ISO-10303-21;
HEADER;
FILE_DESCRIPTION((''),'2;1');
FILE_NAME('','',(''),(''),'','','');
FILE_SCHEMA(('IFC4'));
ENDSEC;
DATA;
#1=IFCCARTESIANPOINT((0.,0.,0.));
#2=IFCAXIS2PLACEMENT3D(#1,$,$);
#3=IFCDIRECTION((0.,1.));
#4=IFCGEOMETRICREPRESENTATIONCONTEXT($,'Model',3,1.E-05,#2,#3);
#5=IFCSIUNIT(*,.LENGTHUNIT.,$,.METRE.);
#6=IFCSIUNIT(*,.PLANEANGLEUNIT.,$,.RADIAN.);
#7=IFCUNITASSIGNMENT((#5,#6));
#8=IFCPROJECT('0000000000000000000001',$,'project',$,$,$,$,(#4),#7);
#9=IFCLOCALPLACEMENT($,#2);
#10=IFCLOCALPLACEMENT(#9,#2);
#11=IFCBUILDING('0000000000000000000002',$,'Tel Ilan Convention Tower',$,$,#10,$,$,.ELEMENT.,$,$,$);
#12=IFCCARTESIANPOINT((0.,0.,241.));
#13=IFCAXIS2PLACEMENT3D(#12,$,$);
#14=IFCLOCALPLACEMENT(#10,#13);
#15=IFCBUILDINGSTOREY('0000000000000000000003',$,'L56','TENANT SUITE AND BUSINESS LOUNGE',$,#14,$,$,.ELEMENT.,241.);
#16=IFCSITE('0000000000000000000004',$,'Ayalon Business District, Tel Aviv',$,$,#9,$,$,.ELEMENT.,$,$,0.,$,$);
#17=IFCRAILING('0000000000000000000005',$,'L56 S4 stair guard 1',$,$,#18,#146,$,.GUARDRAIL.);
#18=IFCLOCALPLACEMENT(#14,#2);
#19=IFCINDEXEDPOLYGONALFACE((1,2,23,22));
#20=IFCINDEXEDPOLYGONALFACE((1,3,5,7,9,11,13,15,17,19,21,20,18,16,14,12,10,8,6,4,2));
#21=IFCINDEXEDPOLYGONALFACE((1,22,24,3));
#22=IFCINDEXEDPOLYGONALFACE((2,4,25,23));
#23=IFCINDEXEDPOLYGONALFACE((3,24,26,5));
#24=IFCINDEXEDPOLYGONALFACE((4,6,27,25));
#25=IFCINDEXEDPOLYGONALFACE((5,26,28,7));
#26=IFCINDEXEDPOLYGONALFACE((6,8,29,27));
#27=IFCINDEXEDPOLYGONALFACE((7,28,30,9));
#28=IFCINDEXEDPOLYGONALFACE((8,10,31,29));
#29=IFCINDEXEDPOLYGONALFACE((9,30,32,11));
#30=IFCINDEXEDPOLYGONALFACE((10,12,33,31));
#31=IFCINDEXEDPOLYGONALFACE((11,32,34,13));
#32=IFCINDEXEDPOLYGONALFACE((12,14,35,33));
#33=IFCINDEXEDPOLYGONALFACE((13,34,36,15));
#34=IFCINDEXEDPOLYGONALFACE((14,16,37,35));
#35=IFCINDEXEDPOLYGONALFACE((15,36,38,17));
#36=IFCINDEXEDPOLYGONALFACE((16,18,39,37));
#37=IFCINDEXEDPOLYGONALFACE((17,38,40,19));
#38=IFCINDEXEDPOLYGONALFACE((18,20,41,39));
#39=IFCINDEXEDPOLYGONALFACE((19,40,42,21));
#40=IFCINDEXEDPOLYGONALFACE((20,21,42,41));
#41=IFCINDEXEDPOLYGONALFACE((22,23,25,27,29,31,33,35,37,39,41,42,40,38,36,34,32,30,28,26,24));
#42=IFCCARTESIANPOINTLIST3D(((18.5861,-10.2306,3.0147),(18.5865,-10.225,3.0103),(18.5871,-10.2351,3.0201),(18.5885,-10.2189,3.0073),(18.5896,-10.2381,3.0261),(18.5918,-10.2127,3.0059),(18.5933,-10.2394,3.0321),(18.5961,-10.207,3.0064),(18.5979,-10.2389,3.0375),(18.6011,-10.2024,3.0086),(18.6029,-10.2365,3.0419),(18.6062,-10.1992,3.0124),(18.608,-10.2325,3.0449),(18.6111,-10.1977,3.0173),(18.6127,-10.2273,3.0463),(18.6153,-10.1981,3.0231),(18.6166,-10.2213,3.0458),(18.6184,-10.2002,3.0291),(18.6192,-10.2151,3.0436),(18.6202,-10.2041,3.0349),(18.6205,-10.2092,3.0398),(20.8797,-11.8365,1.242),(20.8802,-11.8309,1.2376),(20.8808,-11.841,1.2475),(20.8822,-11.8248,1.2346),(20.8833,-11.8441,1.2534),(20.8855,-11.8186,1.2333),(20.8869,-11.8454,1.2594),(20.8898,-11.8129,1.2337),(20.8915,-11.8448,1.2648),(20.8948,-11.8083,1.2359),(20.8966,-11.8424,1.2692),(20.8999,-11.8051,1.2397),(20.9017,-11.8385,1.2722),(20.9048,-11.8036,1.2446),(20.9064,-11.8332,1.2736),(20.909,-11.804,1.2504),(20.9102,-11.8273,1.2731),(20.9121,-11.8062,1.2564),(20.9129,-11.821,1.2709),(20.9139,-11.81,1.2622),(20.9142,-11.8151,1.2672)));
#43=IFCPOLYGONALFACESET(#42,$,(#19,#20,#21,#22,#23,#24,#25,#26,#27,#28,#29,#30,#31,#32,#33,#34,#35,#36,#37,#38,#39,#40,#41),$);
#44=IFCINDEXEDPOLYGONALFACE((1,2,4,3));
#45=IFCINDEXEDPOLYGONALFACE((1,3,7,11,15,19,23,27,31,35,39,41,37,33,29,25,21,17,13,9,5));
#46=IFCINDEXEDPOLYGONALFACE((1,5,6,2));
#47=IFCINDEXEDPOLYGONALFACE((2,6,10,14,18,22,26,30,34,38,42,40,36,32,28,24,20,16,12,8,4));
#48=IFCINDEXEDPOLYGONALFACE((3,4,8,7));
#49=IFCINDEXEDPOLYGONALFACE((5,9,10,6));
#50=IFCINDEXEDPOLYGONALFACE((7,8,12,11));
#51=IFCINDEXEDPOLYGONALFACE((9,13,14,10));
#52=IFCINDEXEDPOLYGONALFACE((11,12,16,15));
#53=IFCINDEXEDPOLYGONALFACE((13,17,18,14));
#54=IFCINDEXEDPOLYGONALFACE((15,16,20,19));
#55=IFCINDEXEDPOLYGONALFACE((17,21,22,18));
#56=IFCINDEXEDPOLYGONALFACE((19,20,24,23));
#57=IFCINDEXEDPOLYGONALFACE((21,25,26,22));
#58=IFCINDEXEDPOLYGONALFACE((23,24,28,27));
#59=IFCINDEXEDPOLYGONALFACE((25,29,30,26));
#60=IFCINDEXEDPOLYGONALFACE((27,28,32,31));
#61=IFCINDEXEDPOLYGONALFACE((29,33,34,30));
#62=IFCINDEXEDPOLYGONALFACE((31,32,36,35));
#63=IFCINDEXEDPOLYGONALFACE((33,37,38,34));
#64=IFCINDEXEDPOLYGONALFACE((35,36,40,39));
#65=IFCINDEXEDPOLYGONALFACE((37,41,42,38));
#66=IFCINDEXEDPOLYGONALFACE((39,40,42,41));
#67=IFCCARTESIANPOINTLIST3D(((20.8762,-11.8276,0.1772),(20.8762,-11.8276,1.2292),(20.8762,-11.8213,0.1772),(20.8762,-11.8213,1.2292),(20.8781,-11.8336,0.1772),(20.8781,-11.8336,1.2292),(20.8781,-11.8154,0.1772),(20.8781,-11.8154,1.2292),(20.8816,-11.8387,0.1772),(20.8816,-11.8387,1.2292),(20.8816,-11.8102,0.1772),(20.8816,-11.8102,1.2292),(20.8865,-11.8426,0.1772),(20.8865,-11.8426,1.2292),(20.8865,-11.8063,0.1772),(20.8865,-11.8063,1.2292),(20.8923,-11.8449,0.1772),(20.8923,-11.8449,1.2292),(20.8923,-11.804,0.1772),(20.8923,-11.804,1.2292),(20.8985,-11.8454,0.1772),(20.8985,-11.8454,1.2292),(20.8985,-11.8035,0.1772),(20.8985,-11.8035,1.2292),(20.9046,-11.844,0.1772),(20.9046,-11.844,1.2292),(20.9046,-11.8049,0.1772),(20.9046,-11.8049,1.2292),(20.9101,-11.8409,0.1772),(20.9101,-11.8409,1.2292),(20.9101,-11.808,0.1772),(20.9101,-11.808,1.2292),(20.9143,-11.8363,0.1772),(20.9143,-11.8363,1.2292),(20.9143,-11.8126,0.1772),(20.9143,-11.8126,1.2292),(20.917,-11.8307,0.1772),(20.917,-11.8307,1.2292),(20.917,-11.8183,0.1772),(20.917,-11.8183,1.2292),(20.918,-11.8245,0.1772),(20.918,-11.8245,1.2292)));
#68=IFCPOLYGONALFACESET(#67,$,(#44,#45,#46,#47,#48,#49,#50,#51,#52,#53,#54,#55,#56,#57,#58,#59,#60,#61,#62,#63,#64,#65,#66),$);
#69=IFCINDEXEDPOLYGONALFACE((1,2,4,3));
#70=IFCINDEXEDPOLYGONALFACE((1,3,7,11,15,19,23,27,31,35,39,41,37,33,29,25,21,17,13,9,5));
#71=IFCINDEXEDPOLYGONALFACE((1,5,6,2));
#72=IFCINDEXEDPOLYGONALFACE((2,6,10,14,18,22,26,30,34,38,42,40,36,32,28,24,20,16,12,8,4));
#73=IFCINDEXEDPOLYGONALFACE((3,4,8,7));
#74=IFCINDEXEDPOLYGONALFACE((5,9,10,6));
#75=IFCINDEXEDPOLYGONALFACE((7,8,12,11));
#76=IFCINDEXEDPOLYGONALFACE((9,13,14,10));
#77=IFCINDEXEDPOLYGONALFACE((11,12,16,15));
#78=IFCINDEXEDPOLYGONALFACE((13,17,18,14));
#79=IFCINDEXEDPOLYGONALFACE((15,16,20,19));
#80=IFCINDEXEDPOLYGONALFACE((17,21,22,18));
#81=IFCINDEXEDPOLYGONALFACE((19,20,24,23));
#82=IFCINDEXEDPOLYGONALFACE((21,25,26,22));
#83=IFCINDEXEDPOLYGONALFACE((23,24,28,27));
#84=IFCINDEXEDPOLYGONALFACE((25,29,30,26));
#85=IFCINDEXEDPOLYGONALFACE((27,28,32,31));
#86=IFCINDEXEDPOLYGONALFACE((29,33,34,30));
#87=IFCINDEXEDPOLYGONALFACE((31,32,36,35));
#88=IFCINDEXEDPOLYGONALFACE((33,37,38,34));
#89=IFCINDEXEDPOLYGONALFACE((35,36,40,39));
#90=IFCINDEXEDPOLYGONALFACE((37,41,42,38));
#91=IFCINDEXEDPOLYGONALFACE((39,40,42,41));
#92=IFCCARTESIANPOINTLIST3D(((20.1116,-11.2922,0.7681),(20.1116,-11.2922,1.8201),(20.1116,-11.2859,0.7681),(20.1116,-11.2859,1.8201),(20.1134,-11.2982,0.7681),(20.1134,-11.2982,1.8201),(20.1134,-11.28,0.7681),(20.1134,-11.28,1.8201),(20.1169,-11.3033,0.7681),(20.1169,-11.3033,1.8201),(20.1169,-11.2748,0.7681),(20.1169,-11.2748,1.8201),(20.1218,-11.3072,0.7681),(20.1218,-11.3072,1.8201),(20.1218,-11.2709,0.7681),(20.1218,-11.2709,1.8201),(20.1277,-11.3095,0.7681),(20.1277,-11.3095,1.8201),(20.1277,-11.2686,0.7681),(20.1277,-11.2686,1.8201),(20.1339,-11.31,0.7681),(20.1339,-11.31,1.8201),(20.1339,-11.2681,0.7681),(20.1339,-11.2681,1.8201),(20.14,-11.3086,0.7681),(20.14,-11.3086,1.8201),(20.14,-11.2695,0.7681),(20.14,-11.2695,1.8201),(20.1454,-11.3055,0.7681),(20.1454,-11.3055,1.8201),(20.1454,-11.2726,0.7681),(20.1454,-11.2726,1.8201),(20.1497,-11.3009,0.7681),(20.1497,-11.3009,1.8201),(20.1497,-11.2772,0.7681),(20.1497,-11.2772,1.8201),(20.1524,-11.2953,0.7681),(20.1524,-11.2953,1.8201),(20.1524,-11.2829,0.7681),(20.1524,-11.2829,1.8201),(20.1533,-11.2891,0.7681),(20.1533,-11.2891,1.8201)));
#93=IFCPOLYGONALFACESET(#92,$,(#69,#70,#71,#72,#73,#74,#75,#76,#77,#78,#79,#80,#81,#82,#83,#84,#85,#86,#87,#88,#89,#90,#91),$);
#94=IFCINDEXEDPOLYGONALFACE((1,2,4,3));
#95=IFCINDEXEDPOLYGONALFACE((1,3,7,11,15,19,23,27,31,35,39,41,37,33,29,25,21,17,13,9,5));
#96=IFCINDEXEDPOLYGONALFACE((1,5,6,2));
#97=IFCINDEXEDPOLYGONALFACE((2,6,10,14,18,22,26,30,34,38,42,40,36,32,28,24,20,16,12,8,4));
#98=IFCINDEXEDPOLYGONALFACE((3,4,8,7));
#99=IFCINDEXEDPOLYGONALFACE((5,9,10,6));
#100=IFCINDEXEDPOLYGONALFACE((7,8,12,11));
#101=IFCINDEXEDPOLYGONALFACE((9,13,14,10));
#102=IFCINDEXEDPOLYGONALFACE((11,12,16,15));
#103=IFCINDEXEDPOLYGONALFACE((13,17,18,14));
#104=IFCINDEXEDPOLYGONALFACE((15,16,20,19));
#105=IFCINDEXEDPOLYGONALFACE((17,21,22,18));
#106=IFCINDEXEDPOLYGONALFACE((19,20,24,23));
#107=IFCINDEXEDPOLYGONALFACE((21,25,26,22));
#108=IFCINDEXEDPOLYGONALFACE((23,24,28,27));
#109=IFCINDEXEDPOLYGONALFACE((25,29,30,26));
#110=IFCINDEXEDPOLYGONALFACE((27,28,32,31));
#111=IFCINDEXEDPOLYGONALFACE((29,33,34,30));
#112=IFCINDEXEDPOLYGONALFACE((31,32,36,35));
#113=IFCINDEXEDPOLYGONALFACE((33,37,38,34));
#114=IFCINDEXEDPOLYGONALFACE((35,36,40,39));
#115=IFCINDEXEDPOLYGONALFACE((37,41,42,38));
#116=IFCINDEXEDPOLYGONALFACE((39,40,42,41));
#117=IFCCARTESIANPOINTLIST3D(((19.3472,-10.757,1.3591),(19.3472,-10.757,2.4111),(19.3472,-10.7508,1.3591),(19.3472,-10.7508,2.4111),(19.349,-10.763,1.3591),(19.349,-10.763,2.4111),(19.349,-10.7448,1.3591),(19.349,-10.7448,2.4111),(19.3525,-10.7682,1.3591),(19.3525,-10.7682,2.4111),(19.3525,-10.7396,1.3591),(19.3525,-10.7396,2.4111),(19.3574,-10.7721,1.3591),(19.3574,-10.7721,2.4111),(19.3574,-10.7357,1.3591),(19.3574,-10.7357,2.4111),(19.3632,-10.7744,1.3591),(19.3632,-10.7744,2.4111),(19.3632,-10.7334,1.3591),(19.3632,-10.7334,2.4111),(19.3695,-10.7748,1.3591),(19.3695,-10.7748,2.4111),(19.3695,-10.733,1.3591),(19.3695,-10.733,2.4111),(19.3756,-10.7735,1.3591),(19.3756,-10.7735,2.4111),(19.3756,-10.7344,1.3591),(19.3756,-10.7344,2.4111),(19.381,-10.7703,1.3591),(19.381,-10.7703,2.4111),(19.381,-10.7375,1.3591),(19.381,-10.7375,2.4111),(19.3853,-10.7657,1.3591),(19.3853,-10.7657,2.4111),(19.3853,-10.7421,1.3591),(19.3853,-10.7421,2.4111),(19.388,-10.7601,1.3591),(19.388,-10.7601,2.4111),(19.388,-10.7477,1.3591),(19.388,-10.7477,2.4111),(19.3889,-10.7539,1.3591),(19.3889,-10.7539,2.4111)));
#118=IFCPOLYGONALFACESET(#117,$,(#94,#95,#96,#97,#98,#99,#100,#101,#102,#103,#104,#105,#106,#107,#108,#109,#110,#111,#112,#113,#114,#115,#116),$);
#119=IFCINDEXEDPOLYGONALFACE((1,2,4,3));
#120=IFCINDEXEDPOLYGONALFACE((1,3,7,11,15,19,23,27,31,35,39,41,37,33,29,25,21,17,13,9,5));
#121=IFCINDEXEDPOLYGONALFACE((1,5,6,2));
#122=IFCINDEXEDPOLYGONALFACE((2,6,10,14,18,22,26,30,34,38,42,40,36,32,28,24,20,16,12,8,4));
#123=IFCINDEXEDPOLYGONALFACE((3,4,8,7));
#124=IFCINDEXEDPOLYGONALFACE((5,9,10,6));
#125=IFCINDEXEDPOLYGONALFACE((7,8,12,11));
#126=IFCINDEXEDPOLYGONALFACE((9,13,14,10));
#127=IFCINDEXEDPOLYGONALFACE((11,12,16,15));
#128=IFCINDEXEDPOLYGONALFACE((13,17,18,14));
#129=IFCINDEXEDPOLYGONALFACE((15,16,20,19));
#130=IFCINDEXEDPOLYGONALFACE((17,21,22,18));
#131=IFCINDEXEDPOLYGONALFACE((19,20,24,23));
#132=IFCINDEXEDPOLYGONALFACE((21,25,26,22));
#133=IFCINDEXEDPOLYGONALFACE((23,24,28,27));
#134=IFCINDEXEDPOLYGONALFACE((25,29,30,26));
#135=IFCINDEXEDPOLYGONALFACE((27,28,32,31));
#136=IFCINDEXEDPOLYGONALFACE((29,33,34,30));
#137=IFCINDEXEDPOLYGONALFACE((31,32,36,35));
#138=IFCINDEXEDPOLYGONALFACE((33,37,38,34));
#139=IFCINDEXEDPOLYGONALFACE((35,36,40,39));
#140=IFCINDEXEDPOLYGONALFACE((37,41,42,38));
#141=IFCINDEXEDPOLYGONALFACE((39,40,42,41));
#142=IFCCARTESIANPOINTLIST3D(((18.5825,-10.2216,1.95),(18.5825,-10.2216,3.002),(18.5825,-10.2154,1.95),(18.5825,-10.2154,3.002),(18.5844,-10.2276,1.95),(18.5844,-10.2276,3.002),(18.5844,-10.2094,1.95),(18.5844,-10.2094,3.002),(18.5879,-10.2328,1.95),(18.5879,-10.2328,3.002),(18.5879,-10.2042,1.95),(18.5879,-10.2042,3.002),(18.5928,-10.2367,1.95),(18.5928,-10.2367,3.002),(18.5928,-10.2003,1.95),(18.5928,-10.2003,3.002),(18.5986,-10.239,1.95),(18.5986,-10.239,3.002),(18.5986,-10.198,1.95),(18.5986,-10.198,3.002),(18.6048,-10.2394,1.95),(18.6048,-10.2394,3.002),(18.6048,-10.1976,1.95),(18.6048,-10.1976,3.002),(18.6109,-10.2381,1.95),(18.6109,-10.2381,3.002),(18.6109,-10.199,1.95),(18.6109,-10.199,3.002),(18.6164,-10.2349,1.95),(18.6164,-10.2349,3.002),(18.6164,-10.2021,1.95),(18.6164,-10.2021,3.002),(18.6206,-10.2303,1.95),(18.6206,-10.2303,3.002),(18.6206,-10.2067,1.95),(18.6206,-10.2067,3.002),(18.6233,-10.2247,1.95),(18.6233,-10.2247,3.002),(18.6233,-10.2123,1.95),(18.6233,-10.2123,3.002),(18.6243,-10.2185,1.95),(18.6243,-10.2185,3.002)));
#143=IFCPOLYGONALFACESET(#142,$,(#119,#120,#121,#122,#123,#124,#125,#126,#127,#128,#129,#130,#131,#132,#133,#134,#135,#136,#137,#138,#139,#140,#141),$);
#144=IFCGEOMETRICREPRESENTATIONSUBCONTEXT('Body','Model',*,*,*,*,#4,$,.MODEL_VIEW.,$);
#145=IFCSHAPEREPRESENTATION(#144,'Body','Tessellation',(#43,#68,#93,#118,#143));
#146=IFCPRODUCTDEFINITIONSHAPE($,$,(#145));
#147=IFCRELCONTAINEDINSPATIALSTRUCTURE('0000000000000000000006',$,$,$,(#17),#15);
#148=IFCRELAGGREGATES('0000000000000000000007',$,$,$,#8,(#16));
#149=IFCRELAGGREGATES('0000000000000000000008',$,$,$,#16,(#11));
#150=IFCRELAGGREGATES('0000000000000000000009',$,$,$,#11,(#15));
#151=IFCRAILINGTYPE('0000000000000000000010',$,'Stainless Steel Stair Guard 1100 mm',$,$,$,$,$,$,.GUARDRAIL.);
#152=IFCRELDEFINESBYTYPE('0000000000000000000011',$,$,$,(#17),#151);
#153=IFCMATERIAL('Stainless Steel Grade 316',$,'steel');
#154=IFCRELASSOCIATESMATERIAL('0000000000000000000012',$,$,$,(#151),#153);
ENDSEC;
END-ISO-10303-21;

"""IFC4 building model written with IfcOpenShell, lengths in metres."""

from ifc_helpers import new_model, si_unit, direction, frame, origin, origin_2d, place, context, subcontext, project, spatial, circle, extrude, material, type_object, element, save


model = new_model("IFC4")

# Units and contexts
model_context = context("Model", 3, precision=1e-05, world=origin(), true_north=direction((0.0, 1.0)))
body_context = subcontext(model_context, "Body", "Model", "MODEL_VIEW")
ifc_project = project(units=[si_unit("LENGTHUNIT", "METRE"), si_unit("PLANEANGLEUNIT", "RADIAN")], contexts=[model_context])

# Site, building, storey
site_placement = place(None, origin())
site = spatial("IfcSite", under=ifc_project, at=site_placement, Name="Ayalon Business District, Tel Aviv", CompositionType="ELEMENT", RefElevation=0.0)
building_placement = place(site_placement, origin())
building = spatial("IfcBuilding", under=site, at=building_placement, Name="Tel Ilan Convention Tower", CompositionType="ELEMENT")
storey_placement = place(building_placement, frame((0.0, 0.0, 241.0)))
storey = spatial("IfcBuildingStorey", under=building, at=storey_placement, Name="L56", Description="TENANT SUITE AND BUSINESS LOUNGE", CompositionType="ELEMENT", Elevation=241.0)

# Railing
ifc_material_1 = material(Name="Stainless Steel Grade 316", Category="steel")
railing_type_1 = type_object("IfcRailingType", Name="Stainless Steel Stair Guard 1100 mm", PredefinedType="GUARDRAIL", material=ifc_material_1)
railing_1_placement = place(storey_placement, frame((20.897, -11.8245, 0.1772)))
element("IfcRailing", 1, at=railing_1_placement, inside=storey, type_object=railing_type_1, Name="L56 S4 stair guard 1", PredefinedType="GUARDRAIL", context=body_context, shape_type="SweptSolid", body=[
    extrude(circle(Radius=0.0239, at=origin_2d()), frame((0.0, 0.0, 1.0762), z_axis=(-0.692123, 0.484597, 0.534913), x_axis=(-0.57355, -0.81917, 0.0)), (0.0, 0.0, 1.0), 3.314),
    extrude(circle(Radius=0.021, at=origin_2d()), origin(), (0.0, 0.0, 1.0), 1.052),
    extrude(circle(Radius=0.021, at=origin_2d()), frame((-0.7646, 0.5354, 0.5908)), (0.0, 0.0, 1.0), 1.052),
    extrude(circle(Radius=0.021, at=origin_2d()), frame((-1.5291, 1.0706, 1.1819)), (0.0, 0.0, 1.0), 1.052),
    extrude(circle(Radius=0.021, at=origin_2d()), frame((-2.2937, 1.606, 1.7727)), (0.0, 0.0, 1.0), 1.052),
])

save(model, "model.ifc")
